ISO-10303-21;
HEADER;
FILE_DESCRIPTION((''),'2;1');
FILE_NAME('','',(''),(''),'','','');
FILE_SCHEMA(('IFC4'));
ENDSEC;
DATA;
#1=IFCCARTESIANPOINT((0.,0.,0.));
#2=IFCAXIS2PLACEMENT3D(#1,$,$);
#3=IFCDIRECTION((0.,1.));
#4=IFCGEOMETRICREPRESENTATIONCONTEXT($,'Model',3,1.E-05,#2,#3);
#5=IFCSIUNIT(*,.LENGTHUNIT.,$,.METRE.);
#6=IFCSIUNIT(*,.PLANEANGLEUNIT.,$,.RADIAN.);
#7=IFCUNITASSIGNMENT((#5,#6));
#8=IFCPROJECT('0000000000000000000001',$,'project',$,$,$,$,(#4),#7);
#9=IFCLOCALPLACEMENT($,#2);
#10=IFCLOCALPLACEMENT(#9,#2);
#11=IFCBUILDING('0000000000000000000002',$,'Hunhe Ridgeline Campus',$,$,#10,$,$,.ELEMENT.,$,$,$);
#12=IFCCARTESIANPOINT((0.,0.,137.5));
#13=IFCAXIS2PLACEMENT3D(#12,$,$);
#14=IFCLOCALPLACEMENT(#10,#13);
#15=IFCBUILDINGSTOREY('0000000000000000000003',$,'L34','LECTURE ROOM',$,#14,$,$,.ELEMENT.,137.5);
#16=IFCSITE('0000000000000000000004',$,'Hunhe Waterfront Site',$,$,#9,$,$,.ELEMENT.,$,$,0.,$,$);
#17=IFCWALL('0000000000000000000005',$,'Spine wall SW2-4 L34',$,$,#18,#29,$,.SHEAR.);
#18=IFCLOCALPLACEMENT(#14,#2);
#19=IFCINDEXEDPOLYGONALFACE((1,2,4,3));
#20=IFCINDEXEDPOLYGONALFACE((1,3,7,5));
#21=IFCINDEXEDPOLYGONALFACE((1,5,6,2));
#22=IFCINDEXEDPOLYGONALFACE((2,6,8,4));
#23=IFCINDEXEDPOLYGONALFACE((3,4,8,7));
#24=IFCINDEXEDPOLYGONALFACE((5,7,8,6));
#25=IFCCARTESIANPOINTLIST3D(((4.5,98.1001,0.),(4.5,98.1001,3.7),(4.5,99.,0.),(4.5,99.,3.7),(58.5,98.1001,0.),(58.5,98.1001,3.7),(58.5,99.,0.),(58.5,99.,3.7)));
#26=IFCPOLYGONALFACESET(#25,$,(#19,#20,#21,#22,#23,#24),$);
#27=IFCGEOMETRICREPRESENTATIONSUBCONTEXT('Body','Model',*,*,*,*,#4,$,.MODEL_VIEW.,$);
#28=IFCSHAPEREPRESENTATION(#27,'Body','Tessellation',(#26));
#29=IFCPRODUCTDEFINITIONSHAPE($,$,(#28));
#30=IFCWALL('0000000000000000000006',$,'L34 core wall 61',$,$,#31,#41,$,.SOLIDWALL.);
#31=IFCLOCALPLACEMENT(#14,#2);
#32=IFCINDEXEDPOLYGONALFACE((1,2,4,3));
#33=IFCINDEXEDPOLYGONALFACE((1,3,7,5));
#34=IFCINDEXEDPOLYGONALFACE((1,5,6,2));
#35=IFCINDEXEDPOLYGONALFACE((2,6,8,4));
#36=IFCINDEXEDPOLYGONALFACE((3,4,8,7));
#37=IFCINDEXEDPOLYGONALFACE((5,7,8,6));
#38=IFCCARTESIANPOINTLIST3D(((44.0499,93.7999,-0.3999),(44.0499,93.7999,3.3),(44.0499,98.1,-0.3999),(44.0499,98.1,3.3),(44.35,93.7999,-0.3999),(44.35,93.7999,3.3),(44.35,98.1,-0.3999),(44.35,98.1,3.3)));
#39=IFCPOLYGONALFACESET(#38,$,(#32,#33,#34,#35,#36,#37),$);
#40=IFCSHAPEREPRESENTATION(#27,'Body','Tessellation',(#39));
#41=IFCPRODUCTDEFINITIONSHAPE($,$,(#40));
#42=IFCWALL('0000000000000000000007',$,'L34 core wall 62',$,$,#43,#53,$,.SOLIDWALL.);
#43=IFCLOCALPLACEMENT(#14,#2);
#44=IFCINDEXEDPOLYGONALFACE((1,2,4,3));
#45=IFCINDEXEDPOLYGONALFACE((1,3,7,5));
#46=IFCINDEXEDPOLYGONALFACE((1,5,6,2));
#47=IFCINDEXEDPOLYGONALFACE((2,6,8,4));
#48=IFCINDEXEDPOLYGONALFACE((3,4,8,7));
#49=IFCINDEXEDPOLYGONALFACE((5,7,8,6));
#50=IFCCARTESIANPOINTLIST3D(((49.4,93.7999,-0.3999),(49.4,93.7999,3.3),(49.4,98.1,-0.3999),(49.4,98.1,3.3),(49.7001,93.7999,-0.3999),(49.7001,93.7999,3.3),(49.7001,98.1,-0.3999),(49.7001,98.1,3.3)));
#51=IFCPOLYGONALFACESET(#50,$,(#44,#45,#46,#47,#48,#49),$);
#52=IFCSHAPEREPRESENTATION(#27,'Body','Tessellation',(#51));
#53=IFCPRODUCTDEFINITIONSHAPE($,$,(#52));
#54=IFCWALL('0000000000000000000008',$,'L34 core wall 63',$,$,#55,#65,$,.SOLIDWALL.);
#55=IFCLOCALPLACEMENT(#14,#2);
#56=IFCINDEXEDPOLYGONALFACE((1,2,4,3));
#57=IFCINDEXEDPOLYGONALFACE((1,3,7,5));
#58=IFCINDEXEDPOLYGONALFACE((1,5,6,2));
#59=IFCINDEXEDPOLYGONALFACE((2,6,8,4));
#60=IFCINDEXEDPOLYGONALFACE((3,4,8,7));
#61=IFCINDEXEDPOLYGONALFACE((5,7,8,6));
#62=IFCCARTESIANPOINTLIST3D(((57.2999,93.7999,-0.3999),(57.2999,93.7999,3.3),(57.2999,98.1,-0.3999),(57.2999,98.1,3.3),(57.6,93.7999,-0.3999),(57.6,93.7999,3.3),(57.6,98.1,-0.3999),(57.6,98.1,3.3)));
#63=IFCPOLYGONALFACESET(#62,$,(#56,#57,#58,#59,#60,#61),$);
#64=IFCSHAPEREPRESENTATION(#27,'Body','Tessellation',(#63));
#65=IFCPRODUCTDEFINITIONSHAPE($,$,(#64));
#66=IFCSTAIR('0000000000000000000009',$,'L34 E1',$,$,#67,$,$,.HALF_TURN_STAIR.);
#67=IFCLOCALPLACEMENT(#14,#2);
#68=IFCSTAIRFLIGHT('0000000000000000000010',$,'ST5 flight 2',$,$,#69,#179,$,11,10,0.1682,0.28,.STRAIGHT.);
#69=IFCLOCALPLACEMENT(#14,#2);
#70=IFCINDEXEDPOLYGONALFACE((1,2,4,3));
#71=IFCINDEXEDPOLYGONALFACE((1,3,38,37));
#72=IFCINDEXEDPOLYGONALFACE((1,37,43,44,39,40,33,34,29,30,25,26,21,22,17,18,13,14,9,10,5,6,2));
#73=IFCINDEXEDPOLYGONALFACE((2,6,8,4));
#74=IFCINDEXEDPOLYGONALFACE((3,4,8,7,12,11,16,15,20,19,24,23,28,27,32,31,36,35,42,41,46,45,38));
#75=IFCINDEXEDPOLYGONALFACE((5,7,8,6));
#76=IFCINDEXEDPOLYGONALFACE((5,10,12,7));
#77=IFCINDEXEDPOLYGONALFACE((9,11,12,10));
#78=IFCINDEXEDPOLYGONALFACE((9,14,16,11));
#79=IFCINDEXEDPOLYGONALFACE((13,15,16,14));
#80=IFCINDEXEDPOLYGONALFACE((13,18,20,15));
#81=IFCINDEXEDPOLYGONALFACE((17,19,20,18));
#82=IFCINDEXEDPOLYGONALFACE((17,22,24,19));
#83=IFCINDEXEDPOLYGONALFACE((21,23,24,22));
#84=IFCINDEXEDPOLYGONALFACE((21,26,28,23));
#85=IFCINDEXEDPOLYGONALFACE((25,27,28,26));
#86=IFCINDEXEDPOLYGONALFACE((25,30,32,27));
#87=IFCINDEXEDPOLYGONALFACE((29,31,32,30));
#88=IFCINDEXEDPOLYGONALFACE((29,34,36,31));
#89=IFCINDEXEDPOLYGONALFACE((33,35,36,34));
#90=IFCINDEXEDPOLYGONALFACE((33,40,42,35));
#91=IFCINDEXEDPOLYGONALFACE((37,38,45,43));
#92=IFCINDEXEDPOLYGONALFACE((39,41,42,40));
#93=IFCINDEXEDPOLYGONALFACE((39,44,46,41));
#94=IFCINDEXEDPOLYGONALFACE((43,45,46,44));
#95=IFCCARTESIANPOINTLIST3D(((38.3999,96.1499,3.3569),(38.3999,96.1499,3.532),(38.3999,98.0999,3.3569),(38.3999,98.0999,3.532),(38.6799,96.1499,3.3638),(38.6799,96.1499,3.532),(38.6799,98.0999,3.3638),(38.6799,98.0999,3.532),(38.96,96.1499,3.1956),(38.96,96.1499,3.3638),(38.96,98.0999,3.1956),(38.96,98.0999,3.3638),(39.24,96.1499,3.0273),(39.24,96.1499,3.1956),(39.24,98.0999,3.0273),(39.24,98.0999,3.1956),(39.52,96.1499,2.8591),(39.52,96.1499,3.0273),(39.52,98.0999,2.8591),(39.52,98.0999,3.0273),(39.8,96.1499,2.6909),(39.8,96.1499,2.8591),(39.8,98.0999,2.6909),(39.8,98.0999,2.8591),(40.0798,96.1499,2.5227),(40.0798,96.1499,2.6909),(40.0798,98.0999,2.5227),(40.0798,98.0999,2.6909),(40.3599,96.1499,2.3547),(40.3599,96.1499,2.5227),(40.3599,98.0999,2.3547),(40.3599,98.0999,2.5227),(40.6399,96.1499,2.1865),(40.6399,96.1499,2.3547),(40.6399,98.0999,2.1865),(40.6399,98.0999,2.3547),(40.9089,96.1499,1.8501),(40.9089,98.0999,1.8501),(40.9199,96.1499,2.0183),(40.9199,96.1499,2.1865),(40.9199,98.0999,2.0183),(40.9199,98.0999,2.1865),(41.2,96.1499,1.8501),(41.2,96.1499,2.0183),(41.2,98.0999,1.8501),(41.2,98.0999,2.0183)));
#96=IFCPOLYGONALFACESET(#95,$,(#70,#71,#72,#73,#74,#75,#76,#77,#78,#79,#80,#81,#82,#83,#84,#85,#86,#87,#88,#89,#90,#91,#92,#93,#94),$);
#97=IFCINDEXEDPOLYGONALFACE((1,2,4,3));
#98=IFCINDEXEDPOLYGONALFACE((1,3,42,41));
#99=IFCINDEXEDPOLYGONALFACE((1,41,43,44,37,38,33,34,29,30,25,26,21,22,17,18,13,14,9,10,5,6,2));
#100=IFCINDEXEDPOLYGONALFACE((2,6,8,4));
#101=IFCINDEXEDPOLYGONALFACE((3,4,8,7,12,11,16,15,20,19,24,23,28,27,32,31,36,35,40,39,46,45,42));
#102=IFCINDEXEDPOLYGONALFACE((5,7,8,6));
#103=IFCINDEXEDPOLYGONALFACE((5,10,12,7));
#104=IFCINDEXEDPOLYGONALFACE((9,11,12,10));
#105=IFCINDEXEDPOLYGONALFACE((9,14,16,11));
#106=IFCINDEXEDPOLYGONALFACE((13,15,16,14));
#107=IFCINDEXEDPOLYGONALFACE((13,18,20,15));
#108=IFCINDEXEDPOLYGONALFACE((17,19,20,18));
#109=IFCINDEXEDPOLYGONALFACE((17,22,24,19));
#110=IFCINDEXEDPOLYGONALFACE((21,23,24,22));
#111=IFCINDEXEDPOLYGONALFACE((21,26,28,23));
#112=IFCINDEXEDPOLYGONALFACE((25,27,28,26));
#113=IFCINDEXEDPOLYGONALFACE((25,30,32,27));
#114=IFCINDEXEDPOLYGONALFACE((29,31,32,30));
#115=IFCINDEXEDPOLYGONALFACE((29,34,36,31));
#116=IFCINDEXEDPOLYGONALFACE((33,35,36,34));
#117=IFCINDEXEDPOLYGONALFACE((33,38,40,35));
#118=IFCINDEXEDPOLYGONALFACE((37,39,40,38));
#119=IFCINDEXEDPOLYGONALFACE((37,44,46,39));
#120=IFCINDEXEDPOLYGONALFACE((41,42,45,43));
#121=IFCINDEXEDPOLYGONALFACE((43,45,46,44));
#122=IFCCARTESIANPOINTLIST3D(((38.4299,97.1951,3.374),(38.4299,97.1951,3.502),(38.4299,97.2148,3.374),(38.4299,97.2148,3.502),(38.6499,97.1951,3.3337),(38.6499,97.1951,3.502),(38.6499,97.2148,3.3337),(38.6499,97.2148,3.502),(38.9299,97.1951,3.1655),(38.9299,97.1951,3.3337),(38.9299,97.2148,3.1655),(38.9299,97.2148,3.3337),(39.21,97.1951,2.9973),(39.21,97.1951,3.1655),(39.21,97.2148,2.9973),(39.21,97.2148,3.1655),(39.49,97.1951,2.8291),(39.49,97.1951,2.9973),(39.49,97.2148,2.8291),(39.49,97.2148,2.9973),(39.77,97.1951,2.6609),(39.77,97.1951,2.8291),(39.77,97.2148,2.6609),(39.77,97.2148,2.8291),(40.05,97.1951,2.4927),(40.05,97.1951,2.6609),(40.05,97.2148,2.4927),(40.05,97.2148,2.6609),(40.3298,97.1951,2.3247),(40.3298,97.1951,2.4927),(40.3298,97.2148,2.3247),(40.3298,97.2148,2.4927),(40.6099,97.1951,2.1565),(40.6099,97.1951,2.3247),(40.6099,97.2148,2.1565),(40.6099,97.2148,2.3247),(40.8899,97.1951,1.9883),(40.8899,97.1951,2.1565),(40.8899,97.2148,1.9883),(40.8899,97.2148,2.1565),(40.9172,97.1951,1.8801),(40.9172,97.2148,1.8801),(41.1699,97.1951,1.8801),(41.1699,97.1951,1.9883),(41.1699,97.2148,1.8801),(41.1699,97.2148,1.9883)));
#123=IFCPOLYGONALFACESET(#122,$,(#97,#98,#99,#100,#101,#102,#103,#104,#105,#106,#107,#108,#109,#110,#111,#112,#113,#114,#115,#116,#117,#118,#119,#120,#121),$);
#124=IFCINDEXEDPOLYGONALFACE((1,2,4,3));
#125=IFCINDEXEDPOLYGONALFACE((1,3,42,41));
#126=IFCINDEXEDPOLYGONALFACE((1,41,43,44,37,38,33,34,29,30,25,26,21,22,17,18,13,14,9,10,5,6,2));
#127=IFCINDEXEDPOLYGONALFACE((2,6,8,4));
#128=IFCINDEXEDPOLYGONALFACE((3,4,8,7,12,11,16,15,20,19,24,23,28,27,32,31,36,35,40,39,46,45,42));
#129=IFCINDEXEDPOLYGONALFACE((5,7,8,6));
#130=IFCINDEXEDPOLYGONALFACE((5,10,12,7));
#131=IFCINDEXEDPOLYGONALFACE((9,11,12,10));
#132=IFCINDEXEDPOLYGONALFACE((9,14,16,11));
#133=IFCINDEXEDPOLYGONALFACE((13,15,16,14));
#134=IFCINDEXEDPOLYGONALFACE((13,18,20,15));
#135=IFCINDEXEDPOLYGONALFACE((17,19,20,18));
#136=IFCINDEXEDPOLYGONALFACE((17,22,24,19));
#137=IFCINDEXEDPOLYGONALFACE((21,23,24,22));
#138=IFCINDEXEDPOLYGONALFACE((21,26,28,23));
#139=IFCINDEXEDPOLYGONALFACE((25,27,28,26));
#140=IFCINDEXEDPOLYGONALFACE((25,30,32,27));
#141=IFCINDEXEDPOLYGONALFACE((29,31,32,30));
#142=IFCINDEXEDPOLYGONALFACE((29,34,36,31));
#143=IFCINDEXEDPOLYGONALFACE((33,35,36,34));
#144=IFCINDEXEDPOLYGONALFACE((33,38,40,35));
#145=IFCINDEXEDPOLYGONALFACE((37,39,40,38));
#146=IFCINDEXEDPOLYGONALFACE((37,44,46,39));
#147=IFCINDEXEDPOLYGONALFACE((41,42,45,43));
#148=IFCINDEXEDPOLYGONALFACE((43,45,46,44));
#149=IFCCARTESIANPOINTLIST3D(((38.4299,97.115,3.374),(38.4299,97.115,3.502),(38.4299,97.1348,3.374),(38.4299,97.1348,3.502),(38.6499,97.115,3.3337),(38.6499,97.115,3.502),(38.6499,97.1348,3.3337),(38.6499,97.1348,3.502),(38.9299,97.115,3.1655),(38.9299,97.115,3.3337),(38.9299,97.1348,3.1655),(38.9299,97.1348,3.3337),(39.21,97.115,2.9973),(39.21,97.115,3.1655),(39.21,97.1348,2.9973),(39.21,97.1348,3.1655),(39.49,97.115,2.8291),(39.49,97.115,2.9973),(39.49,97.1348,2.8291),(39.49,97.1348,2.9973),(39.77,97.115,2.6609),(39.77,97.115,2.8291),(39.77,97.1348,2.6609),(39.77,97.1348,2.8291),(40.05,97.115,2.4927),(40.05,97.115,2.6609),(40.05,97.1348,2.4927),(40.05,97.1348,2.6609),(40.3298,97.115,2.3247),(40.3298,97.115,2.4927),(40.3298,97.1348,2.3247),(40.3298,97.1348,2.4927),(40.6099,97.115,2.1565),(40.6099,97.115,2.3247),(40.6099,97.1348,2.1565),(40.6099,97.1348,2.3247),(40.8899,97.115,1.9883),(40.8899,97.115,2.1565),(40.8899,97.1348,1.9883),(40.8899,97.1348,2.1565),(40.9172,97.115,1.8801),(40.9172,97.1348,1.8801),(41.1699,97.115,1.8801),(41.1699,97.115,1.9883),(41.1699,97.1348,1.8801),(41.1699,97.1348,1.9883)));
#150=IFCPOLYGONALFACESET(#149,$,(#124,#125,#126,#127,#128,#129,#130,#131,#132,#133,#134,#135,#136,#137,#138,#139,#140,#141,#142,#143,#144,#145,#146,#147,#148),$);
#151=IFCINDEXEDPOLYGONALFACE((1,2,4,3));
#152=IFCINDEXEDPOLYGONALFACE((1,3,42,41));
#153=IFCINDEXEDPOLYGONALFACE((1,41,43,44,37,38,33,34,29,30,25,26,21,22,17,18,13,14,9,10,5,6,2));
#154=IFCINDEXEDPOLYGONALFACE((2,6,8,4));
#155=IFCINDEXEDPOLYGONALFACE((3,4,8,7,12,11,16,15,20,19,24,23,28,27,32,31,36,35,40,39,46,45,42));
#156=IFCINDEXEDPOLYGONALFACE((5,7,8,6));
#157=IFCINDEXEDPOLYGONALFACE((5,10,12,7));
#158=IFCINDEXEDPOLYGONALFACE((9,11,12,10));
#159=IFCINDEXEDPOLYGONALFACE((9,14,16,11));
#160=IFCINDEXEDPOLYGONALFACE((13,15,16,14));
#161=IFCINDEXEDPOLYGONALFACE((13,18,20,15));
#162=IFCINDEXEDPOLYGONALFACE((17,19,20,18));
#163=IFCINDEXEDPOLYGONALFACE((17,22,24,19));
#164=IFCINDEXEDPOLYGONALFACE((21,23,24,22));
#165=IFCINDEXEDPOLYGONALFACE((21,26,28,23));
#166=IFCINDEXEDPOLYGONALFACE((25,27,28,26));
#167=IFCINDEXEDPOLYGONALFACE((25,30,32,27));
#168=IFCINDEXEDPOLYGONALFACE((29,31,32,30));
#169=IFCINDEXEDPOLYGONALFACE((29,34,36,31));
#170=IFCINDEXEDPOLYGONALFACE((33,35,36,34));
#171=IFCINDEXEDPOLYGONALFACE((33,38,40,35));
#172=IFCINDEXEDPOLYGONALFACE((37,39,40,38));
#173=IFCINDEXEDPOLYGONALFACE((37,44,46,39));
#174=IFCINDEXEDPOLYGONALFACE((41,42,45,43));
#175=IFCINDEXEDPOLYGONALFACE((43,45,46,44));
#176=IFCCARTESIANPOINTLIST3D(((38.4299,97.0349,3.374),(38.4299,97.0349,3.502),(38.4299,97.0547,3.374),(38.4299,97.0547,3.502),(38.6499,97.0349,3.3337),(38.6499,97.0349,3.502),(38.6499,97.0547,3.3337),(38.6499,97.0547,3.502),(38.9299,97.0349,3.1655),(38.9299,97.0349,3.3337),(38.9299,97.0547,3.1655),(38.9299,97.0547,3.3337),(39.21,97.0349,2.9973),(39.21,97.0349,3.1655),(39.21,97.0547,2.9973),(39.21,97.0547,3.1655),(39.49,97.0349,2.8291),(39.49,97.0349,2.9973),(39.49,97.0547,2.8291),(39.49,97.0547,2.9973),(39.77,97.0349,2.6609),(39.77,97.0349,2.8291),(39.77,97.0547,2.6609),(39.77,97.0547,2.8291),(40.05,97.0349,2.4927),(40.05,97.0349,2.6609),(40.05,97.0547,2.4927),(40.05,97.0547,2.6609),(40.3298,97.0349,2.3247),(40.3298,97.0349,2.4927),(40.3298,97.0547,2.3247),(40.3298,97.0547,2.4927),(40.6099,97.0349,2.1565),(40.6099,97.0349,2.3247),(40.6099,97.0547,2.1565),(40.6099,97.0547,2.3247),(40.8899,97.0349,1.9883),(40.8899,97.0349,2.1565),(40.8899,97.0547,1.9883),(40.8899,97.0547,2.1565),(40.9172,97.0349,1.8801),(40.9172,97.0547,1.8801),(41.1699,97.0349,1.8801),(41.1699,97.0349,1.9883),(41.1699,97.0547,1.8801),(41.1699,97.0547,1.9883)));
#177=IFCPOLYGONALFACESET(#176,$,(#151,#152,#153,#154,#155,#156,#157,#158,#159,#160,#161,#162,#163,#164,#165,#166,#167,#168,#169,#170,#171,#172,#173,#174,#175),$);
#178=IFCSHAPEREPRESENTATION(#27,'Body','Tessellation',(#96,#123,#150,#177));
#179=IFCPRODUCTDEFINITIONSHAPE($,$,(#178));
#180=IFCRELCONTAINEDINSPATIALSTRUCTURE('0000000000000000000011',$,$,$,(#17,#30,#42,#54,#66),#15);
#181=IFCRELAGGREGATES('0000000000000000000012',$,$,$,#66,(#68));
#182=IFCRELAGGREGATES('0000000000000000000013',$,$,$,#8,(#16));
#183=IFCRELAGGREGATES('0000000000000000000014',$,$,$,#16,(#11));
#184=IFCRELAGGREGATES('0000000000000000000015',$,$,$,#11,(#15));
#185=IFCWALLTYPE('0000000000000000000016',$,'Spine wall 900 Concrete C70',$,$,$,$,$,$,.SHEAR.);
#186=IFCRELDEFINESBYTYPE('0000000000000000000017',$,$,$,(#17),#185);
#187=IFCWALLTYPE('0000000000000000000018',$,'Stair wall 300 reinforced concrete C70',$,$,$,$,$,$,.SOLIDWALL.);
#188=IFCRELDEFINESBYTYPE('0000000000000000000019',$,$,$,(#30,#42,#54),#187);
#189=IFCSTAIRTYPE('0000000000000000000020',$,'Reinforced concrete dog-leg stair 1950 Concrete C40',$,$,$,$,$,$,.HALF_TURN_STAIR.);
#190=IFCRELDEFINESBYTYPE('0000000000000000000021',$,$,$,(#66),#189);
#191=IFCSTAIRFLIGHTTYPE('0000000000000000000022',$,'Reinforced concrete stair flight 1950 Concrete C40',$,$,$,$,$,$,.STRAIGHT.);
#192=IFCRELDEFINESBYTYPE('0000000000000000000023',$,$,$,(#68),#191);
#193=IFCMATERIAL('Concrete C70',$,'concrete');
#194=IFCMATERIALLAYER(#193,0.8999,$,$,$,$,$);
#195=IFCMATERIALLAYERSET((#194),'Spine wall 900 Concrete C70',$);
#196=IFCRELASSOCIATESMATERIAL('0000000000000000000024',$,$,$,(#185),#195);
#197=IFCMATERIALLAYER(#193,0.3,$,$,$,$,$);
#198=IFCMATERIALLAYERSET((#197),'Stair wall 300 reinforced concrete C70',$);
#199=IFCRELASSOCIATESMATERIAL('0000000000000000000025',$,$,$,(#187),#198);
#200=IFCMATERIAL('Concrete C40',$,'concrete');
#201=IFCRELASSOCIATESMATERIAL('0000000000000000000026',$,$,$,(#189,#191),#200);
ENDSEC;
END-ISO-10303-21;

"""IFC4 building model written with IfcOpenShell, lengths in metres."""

from ifc_helpers import new_model, si_unit, direction, frame, frame_2d, origin, place, context, subcontext, project, spatial, polyline, rectangle, outline, extrude, material, layer, layer_set, type_object, element, aggregate, save


model = new_model("IFC4")

# Units and contexts
model_context = context("Model", 3, precision=1e-05, world=origin(), true_north=direction((0.0, 1.0)))
body_context = subcontext(model_context, "Body", "Model", "MODEL_VIEW")
ifc_project = project(units=[si_unit("LENGTHUNIT", "METRE"), si_unit("PLANEANGLEUNIT", "RADIAN")], contexts=[model_context])

# Site, building, storey
site_placement = place(None, origin())
site = spatial("IfcSite", under=ifc_project, at=site_placement, Name="Hunhe Waterfront Site", CompositionType="ELEMENT", RefElevation=0.0)
building_placement = place(site_placement, origin())
building = spatial("IfcBuilding", under=site, at=building_placement, Name="Hunhe Ridgeline Campus", CompositionType="ELEMENT")
storey_placement = place(building_placement, frame((0.0, 0.0, 137.5)))
storey = spatial("IfcBuildingStorey", under=building, at=storey_placement, Name="L34", Description="LECTURE ROOM", CompositionType="ELEMENT", Elevation=137.5)

# Shared definitions
ifc_material_1 = material(Name="Concrete C70", Category="concrete")

# Wall
ifc_layer_1 = layer(ifc_material_1, 0.8999)
ifc_layer_set_1 = layer_set([ifc_layer_1], Name="Spine wall 900 Concrete C70")
wall_type_1 = type_object("IfcWallType", Name="Spine wall 900 Concrete C70", PredefinedType="SHEAR", material=ifc_layer_set_1)
wall_1_placement = place(storey_placement, frame((58.5, 98.55, 0.0), z_axis=(0.0, 0.0, 1.0), x_axis=(-1.0, 0.0, 0.0)))
element("IfcWall", 1, at=wall_1_placement, inside=storey, type_object=wall_type_1, Name="Spine wall SW2-4 L34", PredefinedType="SHEAR", context=body_context, shape_type="SweptSolid", body=[
    extrude(rectangle(XDim=54.0, YDim=0.8999, at=frame_2d((27.0, 0.0))), origin(), (0.0, 0.0, 1.0), 3.7),
])

# Shared definitions
ifc_layer_2 = layer(ifc_material_1, 0.3)
ifc_layer_set_2 = layer_set([ifc_layer_2], Name="Stair wall 300 reinforced concrete C70")
wall_type_2 = type_object("IfcWallType", Name="Stair wall 300 reinforced concrete C70", PredefinedType="SOLIDWALL", material=ifc_layer_set_2)

# Walls
for number, where, z_axis, x_axis, name in (
    (2, (44.2, 93.8, -0.3999), (0.0, 0.0, 1.0), (0.0, 1.0, 0.0), "L34 core wall 61"),
    (3, (49.55, 93.8, -0.3999), (0.0, 0.0, 1.0), (0.0, 1.0, 0.0), "L34 core wall 62"),
    (4, (57.45, 93.8, -0.3999), (0.0, 0.0, 1.0), (0.0, 1.0, 0.0), "L34 core wall 63"),
):
    element("IfcWall", number, at=place(storey_placement, frame(where, z_axis=z_axis, x_axis=x_axis)), inside=storey, type_object=wall_type_2, Name=name, PredefinedType="SOLIDWALL", context=body_context, shape_type="SweptSolid", body=[
        extrude(rectangle(XDim=4.3, YDim=0.3, at=frame_2d((2.1499, 0.0))), origin(), (0.0, 0.0, 1.0), 3.7),
    ])

# Stair, stair flight
ifc_material_2 = material(Name="Concrete C40", Category="concrete")
stair_type = type_object("IfcStairType", Name="Reinforced concrete dog-leg stair 1950 Concrete C40", PredefinedType="HALF_TURN_STAIR", material=ifc_material_2)
stair_1_placement = place(storey_placement, origin())
stair_1 = element("IfcStair", 5, at=stair_1_placement, inside=storey, type_object=stair_type, Name="L34 E1", PredefinedType="HALF_TURN_STAIR")
stair_flight_type = type_object("IfcStairFlightType", Name="Reinforced concrete stair flight 1950 Concrete C40", PredefinedType="STRAIGHT", material=ifc_material_2)
stair_flight_1_placement = place(storey_placement, frame((41.2, 97.125, 1.8501), z_axis=(0.0, 0.0, 1.0), x_axis=(-1.0, 0.0, 0.0)))
stair_flight_1 = element("IfcStairFlight", 6, at=stair_flight_1_placement, type_object=stair_flight_type, Name="ST5 flight 2", NumberOfRisers=11, NumberOfTreads=10, PredefinedType="STRAIGHT", RiserHeight=0.1682, TreadLength=0.28, context=body_context, shape_type="SweptSolid", body=[
    extrude(outline(polyline([(0.0, 0.0), (0.0, 0.1682), (0.28, 0.1682), (0.28, 0.3364), (0.5601, 0.3364), (0.5601, 0.5046), (0.8401, 0.5046), (0.8401, 0.6726), (1.1201, 0.6726), (1.1201, 0.8408), (1.3999, 0.8408), (1.3999, 1.009), (1.6799, 1.009), (1.6799, 1.1772), (1.96, 1.1772), (1.96, 1.3455), (2.24, 1.3455), (2.24, 1.5137), (2.52, 1.5137), (2.52, 1.6819), (2.8, 1.6819), (2.8, 1.8501), (2.8, 1.5068), (0.291, 0.0), (0.0, 0.0)])), frame((0.0, 0.9751, 0.0), z_axis=(0.0, -1.0, 0.0), x_axis=(1.0, 0.0, 0.0)), (0.0, 0.0, 1.0), 1.95),
    extrude(outline(polyline([(0.03, 0.03), (0.03, 0.1382), (0.3101, 0.1382), (0.3101, 0.3064), (0.5901, 0.3064), (0.5901, 0.4746), (0.8701, 0.4746), (0.8701, 0.6426), (1.1499, 0.6426), (1.1499, 0.8108), (1.4299, 0.8108), (1.4299, 0.979), (1.71, 0.979), (1.71, 1.1472), (1.99, 1.1472), (1.99, 1.3154), (2.27, 1.3154), (2.27, 1.4836), (2.55, 1.4836), (2.55, 1.6519), (2.77, 1.6519), (2.77, 1.5239), (0.2827, 0.03), (0.03, 0.03)])), frame((0.0, -0.0701, 0.0), z_axis=(0.0, -1.0, 0.0), x_axis=(1.0, 0.0, 0.0)), (0.0, 0.0, 1.0), 0.0198),
    extrude(outline(polyline([(0.03, 0.03), (0.03, 0.1382), (0.3101, 0.1382), (0.3101, 0.3064), (0.5901, 0.3064), (0.5901, 0.4746), (0.8701, 0.4746), (0.8701, 0.6426), (1.1499, 0.6426), (1.1499, 0.8108), (1.4299, 0.8108), (1.4299, 0.979), (1.71, 0.979), (1.71, 1.1472), (1.99, 1.1472), (1.99, 1.3154), (2.27, 1.3154), (2.27, 1.4836), (2.55, 1.4836), (2.55, 1.6519), (2.77, 1.6519), (2.77, 1.5239), (0.2827, 0.03), (0.03, 0.03)])), frame((0.0, 0.01, 0.0), z_axis=(0.0, -1.0, 0.0), x_axis=(1.0, 0.0, 0.0)), (0.0, 0.0, 1.0), 0.0198),
    extrude(outline(polyline([(0.03, 0.03), (0.03, 0.1382), (0.3101, 0.1382), (0.3101, 0.3064), (0.5901, 0.3064), (0.5901, 0.4746), (0.8701, 0.4746), (0.8701, 0.6426), (1.1499, 0.6426), (1.1499, 0.8108), (1.4299, 0.8108), (1.4299, 0.979), (1.71, 0.979), (1.71, 1.1472), (1.99, 1.1472), (1.99, 1.3154), (2.27, 1.3154), (2.27, 1.4836), (2.55, 1.4836), (2.55, 1.6519), (2.77, 1.6519), (2.77, 1.5239), (0.2827, 0.03), (0.03, 0.03)])), frame((0.0, 0.0901, 0.0), z_axis=(0.0, -1.0, 0.0), x_axis=(1.0, 0.0, 0.0)), (0.0, 0.0, 1.0), 0.0198),
])
aggregate(stair_1, [stair_flight_1])

save(model, "model.ifc")
